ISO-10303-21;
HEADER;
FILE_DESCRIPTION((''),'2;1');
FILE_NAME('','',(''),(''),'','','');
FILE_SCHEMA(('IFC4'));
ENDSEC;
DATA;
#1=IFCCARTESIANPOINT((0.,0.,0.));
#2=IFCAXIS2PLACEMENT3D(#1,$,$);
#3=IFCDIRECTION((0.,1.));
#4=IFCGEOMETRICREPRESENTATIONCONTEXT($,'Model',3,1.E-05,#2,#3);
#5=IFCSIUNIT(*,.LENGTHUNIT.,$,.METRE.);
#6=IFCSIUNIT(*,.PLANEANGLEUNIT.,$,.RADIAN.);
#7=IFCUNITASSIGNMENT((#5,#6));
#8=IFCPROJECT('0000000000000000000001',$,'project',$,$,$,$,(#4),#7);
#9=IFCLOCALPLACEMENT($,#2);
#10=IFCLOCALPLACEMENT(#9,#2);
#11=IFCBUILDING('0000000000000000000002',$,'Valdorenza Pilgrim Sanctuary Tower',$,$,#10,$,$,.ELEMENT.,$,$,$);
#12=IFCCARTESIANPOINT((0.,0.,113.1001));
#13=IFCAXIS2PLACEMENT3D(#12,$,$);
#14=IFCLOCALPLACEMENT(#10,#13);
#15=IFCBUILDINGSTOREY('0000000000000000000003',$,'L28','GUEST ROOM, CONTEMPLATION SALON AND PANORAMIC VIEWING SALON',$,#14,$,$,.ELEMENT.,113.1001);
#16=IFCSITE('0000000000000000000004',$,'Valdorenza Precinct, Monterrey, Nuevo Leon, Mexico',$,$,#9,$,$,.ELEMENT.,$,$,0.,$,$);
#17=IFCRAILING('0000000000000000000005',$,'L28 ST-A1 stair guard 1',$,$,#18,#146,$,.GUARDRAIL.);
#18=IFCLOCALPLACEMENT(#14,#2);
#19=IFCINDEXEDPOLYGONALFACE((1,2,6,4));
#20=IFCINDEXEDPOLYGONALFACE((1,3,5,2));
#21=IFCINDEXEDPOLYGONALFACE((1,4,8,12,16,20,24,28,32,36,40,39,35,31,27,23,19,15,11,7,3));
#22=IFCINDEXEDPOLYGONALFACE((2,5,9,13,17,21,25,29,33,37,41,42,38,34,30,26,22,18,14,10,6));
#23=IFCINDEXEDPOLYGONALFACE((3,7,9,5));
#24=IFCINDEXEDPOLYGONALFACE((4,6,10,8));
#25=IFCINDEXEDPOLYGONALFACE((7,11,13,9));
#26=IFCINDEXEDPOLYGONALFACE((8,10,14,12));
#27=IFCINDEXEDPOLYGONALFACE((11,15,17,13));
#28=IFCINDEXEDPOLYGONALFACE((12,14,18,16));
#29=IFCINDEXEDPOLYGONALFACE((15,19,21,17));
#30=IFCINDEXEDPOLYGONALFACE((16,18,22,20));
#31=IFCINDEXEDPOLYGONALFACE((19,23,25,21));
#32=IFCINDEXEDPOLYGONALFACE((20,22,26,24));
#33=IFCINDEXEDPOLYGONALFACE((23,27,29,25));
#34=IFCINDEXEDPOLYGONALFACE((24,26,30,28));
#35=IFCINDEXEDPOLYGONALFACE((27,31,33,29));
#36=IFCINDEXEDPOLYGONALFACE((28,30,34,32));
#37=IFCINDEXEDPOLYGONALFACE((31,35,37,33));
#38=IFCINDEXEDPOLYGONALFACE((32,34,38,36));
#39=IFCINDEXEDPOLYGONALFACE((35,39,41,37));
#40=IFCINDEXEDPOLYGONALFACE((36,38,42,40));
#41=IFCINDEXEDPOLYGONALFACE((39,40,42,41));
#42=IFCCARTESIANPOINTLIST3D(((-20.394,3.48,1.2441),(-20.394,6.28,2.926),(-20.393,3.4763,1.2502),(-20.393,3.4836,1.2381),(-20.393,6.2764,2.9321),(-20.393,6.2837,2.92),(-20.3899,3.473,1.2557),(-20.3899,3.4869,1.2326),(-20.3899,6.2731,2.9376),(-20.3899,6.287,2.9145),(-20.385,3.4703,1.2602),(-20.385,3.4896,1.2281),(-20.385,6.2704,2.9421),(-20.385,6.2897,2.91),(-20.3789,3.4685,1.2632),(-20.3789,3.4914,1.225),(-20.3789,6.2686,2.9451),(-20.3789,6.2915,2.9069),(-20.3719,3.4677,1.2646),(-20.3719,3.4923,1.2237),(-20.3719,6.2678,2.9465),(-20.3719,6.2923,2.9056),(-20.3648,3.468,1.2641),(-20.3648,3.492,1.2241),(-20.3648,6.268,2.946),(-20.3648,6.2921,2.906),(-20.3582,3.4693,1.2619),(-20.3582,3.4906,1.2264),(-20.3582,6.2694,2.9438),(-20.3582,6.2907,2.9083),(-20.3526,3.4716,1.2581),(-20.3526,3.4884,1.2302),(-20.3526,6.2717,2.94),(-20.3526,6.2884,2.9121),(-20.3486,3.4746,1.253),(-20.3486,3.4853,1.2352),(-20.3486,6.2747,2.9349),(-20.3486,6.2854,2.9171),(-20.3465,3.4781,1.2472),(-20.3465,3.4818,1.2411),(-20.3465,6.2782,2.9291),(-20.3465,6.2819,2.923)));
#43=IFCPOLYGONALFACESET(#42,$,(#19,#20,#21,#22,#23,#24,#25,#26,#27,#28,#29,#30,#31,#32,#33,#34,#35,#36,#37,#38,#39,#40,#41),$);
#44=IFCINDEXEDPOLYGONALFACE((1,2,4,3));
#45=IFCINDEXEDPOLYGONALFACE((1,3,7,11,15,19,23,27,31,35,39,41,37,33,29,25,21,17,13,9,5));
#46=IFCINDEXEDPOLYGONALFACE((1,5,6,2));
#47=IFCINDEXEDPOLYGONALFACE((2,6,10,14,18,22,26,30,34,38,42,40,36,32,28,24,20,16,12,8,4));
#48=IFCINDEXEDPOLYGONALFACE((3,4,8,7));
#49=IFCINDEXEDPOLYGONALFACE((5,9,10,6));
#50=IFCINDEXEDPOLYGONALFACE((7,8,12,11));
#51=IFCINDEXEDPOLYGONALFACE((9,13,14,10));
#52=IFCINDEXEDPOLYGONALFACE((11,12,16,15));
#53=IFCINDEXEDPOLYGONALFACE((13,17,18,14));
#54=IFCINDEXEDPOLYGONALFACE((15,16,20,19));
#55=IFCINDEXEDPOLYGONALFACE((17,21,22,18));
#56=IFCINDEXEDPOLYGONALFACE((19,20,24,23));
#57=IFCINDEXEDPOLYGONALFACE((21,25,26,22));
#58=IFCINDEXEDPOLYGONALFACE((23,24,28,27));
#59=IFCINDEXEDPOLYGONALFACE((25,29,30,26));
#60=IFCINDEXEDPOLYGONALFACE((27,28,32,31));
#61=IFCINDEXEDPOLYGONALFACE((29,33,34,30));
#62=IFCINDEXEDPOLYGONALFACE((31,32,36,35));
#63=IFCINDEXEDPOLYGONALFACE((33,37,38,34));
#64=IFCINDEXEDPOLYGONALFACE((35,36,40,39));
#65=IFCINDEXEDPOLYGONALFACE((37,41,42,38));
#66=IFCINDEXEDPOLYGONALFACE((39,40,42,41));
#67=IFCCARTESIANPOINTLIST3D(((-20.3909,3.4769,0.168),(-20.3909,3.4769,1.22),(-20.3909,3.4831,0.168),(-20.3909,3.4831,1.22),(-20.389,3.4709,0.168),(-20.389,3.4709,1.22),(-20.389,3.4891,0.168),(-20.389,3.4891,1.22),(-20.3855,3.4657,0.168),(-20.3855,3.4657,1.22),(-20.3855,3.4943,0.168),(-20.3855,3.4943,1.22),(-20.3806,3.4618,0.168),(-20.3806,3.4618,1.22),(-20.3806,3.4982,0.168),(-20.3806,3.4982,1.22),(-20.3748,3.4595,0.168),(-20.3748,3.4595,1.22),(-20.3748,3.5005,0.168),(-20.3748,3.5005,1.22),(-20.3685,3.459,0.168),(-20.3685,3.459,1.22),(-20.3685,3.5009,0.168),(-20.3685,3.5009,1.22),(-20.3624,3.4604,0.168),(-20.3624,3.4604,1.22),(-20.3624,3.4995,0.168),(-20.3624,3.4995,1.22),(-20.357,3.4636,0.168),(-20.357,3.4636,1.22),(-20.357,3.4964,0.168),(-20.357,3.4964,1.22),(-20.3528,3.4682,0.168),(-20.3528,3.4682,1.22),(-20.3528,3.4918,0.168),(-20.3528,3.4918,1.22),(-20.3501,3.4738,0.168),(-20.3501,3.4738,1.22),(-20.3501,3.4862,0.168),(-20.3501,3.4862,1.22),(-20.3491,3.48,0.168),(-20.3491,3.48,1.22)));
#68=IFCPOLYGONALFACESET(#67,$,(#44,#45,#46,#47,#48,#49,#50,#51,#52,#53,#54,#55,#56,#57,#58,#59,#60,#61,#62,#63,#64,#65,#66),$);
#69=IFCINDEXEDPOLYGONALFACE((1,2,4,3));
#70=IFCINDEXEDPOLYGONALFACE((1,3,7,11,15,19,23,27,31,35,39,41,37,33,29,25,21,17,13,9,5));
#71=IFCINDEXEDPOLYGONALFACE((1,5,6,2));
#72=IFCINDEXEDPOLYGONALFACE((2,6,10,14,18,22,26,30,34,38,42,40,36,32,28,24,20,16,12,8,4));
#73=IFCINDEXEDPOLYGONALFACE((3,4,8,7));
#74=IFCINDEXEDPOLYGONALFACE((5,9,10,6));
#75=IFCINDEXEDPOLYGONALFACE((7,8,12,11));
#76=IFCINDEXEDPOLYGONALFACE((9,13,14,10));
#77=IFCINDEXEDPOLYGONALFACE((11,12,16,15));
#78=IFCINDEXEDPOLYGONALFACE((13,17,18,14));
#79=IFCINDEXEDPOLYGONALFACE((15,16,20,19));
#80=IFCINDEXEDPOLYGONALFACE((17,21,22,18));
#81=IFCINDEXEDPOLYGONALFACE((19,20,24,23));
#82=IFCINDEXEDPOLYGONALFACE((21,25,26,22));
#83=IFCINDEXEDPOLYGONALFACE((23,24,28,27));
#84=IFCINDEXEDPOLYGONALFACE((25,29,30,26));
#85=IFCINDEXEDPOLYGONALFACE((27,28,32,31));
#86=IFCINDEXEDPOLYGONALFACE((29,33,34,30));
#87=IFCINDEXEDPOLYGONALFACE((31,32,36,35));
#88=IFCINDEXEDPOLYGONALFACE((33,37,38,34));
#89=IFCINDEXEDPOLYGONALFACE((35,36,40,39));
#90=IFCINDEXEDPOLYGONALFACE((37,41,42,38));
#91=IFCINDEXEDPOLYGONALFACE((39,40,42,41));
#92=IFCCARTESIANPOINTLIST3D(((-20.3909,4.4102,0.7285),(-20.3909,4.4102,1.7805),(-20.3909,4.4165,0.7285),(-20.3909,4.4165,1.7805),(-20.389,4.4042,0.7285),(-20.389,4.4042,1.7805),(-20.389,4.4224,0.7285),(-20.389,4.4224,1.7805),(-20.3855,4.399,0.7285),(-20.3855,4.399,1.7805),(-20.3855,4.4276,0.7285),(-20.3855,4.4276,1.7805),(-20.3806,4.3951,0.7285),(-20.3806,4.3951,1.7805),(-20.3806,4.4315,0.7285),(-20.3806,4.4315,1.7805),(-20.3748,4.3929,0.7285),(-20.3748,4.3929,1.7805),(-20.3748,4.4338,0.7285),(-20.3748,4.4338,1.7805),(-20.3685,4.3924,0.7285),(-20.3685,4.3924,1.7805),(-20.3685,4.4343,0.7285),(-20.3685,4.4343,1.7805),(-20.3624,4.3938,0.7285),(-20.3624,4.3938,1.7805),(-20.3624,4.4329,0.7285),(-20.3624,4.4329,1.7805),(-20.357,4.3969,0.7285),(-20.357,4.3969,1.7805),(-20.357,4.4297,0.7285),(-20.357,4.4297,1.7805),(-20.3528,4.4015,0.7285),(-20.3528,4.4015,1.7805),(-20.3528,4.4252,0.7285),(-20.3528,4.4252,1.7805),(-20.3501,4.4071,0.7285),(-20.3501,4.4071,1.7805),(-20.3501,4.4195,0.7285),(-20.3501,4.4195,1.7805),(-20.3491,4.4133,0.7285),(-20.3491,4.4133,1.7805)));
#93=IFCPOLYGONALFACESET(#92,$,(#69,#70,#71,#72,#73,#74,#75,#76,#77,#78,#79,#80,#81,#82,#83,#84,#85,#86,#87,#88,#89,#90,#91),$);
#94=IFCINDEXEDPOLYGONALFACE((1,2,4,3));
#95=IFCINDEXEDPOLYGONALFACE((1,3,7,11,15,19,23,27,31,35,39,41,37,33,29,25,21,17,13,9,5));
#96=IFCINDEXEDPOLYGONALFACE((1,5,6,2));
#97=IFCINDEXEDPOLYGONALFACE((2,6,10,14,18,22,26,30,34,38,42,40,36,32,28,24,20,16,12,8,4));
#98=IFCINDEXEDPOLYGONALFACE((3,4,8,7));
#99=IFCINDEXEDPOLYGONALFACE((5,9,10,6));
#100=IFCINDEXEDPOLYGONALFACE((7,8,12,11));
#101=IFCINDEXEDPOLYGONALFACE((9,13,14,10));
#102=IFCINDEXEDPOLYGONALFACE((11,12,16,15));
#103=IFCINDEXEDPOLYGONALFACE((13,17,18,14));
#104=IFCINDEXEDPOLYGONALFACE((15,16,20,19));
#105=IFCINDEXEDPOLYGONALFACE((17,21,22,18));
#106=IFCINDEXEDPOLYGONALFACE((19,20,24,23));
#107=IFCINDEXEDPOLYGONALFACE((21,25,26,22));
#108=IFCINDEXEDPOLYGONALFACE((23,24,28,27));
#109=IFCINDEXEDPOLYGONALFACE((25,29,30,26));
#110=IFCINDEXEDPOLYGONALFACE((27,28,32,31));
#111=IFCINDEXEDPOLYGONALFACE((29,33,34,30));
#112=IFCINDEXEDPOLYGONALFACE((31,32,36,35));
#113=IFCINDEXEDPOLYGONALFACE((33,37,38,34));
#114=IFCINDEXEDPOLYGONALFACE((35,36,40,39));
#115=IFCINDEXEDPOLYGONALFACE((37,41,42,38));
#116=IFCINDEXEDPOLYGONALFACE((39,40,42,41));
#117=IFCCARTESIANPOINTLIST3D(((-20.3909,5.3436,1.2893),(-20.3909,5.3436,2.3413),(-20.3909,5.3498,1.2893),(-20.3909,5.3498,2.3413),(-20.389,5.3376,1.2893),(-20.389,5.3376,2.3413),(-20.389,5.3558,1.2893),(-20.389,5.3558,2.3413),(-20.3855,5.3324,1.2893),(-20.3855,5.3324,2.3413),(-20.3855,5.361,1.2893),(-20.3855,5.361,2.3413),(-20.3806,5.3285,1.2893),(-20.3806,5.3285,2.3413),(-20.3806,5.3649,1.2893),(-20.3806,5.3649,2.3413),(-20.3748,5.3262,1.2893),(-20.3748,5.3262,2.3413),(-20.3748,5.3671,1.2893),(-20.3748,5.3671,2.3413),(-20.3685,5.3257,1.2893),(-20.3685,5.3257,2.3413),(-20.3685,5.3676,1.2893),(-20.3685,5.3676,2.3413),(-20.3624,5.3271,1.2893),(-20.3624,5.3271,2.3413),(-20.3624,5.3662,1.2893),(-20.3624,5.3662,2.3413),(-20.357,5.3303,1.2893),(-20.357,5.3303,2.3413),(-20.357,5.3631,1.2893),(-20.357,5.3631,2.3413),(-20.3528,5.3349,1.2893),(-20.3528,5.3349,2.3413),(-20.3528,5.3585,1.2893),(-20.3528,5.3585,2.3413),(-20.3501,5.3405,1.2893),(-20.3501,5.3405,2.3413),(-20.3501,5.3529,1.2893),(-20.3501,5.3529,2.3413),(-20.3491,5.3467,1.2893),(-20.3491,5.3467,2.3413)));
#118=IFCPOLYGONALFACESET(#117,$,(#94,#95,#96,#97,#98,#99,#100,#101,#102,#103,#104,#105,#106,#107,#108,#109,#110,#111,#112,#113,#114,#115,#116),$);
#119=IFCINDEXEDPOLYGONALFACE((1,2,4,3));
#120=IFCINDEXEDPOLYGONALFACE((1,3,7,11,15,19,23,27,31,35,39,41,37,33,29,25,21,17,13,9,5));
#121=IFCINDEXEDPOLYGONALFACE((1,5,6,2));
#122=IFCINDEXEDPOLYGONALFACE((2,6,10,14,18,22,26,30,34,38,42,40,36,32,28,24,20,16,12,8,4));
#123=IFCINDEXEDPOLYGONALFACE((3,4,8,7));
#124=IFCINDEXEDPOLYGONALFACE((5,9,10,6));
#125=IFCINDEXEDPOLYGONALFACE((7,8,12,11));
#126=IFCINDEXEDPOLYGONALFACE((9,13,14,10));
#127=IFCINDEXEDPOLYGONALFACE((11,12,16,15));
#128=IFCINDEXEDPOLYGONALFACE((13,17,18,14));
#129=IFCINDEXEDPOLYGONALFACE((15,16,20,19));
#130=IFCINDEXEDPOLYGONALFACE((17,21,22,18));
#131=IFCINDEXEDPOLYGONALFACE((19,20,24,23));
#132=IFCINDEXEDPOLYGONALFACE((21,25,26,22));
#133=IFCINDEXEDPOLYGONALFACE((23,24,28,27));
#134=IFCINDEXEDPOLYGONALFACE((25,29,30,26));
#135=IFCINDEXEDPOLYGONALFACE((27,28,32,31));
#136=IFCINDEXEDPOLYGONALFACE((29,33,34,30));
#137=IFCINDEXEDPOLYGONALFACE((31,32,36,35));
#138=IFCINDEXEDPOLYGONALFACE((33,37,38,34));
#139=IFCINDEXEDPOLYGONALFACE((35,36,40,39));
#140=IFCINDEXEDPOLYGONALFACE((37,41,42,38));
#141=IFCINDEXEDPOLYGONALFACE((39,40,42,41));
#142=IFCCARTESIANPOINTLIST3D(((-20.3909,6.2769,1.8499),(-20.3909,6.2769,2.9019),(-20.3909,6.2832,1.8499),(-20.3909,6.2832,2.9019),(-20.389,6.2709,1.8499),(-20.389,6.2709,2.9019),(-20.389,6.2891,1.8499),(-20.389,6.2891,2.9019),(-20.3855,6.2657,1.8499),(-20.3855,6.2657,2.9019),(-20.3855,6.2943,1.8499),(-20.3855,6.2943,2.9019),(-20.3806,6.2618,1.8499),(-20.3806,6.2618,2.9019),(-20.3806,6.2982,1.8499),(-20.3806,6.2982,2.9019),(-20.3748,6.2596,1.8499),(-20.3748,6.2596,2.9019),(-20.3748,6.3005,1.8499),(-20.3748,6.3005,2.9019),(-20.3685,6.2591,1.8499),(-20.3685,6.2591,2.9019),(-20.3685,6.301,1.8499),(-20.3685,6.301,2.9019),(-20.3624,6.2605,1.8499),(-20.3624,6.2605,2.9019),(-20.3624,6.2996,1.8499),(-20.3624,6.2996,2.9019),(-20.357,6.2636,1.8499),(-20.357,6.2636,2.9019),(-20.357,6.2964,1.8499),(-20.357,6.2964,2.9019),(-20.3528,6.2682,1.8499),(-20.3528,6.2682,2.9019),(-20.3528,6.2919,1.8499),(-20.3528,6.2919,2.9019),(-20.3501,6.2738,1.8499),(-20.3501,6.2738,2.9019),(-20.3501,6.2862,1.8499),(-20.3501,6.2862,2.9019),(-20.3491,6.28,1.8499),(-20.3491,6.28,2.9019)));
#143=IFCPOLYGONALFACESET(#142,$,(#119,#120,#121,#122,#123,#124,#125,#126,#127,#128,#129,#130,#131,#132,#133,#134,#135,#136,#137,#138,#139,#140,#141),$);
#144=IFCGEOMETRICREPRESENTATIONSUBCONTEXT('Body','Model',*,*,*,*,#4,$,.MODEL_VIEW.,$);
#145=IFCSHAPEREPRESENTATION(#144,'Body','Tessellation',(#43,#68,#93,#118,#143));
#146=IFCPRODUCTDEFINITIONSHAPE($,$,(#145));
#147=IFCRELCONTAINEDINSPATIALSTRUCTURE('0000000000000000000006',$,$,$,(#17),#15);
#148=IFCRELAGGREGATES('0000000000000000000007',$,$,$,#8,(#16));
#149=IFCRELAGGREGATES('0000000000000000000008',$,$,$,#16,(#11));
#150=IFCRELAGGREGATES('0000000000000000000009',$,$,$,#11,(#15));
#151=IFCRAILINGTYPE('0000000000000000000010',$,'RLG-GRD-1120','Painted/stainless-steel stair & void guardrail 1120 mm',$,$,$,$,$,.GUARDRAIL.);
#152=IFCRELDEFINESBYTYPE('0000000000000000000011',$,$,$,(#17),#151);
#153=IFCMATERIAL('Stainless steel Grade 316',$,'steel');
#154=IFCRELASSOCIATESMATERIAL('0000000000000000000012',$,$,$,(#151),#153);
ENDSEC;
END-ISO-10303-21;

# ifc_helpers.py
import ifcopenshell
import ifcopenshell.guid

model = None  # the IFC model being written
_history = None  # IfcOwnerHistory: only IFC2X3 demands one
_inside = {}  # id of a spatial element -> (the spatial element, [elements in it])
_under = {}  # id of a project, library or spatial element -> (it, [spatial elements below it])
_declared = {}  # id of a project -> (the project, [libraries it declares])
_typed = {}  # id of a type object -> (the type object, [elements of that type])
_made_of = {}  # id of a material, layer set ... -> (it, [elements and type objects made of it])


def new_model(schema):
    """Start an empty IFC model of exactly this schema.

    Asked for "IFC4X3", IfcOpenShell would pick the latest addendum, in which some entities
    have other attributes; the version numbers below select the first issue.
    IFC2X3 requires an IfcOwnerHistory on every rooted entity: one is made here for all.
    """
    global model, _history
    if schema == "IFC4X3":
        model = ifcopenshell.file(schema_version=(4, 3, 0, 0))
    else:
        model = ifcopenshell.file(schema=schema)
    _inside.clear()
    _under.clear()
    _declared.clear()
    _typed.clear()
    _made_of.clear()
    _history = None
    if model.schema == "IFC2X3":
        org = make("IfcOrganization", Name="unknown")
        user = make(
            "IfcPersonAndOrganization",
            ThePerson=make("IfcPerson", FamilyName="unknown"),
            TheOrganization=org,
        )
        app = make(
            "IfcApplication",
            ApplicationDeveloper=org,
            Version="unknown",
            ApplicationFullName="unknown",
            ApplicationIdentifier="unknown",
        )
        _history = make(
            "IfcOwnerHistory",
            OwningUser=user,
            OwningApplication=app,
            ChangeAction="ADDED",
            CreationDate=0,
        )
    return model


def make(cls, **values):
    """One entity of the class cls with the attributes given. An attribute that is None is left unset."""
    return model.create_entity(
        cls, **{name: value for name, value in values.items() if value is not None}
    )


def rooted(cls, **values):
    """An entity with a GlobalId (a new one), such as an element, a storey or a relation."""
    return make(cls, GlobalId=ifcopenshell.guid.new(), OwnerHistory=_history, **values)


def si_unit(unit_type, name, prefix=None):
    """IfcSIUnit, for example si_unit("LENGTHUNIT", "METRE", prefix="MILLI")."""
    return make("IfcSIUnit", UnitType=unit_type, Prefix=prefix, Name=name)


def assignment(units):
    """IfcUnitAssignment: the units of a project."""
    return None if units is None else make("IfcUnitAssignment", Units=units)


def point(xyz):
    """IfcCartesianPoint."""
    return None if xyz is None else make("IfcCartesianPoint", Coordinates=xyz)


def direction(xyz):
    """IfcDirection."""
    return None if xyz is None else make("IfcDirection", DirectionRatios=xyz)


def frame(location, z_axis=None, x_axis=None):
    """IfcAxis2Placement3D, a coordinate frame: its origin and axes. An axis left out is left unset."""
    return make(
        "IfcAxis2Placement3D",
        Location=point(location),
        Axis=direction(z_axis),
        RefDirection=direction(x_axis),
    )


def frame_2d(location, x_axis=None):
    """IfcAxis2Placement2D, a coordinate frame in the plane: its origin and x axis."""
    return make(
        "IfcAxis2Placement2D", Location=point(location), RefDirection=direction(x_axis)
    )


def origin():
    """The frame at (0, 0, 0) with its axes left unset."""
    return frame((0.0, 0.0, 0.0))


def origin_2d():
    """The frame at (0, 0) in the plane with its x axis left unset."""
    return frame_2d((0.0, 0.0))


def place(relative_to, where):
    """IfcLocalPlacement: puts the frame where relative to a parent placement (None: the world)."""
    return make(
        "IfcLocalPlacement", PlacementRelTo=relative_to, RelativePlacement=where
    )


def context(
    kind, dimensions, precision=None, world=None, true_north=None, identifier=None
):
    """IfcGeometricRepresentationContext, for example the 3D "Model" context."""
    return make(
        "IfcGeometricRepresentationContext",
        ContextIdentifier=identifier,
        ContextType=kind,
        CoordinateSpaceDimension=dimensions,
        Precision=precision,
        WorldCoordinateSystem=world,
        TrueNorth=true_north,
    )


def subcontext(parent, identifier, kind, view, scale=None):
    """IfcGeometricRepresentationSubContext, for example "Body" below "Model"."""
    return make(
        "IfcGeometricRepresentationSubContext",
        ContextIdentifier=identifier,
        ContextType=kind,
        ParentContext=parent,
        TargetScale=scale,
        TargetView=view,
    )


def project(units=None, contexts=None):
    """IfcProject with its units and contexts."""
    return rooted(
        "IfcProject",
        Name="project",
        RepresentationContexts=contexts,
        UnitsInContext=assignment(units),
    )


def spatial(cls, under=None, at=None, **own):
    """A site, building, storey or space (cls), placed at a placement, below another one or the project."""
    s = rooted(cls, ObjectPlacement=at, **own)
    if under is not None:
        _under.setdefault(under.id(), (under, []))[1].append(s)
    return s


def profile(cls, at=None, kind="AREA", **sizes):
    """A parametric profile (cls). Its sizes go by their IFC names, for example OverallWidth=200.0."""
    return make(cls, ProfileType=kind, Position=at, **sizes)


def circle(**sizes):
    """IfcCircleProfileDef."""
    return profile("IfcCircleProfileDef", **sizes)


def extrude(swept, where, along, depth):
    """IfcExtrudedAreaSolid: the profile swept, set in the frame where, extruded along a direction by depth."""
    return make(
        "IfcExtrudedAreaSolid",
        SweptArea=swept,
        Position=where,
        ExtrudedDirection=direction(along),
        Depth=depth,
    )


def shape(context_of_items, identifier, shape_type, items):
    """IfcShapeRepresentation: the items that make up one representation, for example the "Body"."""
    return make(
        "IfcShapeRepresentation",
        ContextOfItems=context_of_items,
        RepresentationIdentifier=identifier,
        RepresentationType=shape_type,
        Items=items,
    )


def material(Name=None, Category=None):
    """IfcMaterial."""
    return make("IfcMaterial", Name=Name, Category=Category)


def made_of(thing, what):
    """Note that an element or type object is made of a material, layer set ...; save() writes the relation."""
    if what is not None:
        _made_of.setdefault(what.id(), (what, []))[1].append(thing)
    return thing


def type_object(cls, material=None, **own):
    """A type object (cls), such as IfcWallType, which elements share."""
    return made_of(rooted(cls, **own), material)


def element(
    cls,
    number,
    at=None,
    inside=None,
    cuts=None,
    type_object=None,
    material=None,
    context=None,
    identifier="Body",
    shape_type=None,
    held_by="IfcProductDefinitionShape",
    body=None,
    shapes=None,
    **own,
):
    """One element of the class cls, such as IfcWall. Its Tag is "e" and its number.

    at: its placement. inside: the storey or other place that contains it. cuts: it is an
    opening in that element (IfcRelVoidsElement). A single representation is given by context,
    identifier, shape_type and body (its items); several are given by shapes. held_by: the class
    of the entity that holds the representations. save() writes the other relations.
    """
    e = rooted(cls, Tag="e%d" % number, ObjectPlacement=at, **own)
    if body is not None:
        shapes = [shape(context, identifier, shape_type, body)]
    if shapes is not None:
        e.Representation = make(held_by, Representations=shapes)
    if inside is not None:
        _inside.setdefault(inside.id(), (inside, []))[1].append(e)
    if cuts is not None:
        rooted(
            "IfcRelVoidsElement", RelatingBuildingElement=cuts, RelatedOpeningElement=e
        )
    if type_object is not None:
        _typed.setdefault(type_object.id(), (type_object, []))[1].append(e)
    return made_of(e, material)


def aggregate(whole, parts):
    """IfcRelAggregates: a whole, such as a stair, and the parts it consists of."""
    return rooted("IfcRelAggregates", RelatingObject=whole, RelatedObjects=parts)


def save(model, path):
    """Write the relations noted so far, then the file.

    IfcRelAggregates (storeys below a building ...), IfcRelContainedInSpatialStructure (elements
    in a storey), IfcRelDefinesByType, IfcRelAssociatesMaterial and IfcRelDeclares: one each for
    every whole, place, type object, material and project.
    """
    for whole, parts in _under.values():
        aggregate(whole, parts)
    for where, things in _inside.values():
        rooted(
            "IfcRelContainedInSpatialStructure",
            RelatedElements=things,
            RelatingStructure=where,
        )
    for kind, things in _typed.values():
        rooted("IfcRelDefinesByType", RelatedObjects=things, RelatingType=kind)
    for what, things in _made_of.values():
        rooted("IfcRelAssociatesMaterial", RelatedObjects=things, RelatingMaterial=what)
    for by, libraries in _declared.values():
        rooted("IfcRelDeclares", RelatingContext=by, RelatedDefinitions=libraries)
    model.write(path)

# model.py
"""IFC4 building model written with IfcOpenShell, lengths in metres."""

from ifc_helpers import new_model, si_unit, direction, frame, origin, origin_2d, place, context, subcontext, project, spatial, circle, extrude, material, type_object, element, save


model = new_model("IFC4")

# Units and contexts
model_context = context("Model", 3, precision=1e-05, world=origin(), true_north=direction((0.0, 1.0)))
body_context = subcontext(model_context, "Body", "Model", "MODEL_VIEW")
ifc_project = project(units=[si_unit("LENGTHUNIT", "METRE"), si_unit("PLANEANGLEUNIT", "RADIAN")], contexts=[model_context])

# Site, building, storey
site_placement = place(None, origin())
site = spatial("IfcSite", under=ifc_project, at=site_placement, Name="Valdorenza Precinct, Monterrey, Nuevo Leon, Mexico", CompositionType="ELEMENT", RefElevation=0.0)
building_placement = place(site_placement, origin())
building = spatial("IfcBuilding", under=site, at=building_placement, Name="Valdorenza Pilgrim Sanctuary Tower", CompositionType="ELEMENT")
storey_placement = place(building_placement, frame((0.0, 0.0, 113.1001)))
storey = spatial("IfcBuildingStorey", under=building, at=storey_placement, Name="L28", Description="GUEST ROOM, CONTEMPLATION SALON AND PANORAMIC VIEWING SALON", CompositionType="ELEMENT", Elevation=113.1001)

# Railing
ifc_material_1 = material(Name="Stainless steel Grade 316", Category="steel")
railing_type_1 = type_object("IfcRailingType", Name="RLG-GRD-1120", Description="Painted/stainless-steel stair & void guardrail 1120 mm", PredefinedType="GUARDRAIL", material=ifc_material_1)
railing_1_placement = place(storey_placement, frame((-20.3701, 3.48, 0.168)))
element("IfcRailing", 1, at=railing_1_placement, inside=storey, type_object=railing_type_1, Name="L28 ST-A1 stair guard 1", PredefinedType="GUARDRAIL", context=body_context, shape_type="SweptSolid", body=[
    extrude(circle(Radius=0.0239, at=origin_2d()), frame((0.0, 0.0, 1.0762), z_axis=(0.0, 0.857242, 0.514913), x_axis=(-1.0, 0.0, 0.0)), (0.0, 0.0, 1.0), 3.2664),
    extrude(circle(Radius=0.021, at=origin_2d()), origin(), (0.0, 0.0, 1.0), 1.052),
    extrude(circle(Radius=0.021, at=origin_2d()), frame((0.0, 0.9333, 0.5605)), (0.0, 0.0, 1.0), 1.052),
    extrude(circle(Radius=0.021, at=origin_2d()), frame((0.0, 1.8667, 1.1213)), (0.0, 0.0, 1.0), 1.052),
    extrude(circle(Radius=0.021, at=origin_2d()), frame((0.0, 2.8, 1.6819)), (0.0, 0.0, 1.0), 1.052),
])

save(model, "model.ifc")
